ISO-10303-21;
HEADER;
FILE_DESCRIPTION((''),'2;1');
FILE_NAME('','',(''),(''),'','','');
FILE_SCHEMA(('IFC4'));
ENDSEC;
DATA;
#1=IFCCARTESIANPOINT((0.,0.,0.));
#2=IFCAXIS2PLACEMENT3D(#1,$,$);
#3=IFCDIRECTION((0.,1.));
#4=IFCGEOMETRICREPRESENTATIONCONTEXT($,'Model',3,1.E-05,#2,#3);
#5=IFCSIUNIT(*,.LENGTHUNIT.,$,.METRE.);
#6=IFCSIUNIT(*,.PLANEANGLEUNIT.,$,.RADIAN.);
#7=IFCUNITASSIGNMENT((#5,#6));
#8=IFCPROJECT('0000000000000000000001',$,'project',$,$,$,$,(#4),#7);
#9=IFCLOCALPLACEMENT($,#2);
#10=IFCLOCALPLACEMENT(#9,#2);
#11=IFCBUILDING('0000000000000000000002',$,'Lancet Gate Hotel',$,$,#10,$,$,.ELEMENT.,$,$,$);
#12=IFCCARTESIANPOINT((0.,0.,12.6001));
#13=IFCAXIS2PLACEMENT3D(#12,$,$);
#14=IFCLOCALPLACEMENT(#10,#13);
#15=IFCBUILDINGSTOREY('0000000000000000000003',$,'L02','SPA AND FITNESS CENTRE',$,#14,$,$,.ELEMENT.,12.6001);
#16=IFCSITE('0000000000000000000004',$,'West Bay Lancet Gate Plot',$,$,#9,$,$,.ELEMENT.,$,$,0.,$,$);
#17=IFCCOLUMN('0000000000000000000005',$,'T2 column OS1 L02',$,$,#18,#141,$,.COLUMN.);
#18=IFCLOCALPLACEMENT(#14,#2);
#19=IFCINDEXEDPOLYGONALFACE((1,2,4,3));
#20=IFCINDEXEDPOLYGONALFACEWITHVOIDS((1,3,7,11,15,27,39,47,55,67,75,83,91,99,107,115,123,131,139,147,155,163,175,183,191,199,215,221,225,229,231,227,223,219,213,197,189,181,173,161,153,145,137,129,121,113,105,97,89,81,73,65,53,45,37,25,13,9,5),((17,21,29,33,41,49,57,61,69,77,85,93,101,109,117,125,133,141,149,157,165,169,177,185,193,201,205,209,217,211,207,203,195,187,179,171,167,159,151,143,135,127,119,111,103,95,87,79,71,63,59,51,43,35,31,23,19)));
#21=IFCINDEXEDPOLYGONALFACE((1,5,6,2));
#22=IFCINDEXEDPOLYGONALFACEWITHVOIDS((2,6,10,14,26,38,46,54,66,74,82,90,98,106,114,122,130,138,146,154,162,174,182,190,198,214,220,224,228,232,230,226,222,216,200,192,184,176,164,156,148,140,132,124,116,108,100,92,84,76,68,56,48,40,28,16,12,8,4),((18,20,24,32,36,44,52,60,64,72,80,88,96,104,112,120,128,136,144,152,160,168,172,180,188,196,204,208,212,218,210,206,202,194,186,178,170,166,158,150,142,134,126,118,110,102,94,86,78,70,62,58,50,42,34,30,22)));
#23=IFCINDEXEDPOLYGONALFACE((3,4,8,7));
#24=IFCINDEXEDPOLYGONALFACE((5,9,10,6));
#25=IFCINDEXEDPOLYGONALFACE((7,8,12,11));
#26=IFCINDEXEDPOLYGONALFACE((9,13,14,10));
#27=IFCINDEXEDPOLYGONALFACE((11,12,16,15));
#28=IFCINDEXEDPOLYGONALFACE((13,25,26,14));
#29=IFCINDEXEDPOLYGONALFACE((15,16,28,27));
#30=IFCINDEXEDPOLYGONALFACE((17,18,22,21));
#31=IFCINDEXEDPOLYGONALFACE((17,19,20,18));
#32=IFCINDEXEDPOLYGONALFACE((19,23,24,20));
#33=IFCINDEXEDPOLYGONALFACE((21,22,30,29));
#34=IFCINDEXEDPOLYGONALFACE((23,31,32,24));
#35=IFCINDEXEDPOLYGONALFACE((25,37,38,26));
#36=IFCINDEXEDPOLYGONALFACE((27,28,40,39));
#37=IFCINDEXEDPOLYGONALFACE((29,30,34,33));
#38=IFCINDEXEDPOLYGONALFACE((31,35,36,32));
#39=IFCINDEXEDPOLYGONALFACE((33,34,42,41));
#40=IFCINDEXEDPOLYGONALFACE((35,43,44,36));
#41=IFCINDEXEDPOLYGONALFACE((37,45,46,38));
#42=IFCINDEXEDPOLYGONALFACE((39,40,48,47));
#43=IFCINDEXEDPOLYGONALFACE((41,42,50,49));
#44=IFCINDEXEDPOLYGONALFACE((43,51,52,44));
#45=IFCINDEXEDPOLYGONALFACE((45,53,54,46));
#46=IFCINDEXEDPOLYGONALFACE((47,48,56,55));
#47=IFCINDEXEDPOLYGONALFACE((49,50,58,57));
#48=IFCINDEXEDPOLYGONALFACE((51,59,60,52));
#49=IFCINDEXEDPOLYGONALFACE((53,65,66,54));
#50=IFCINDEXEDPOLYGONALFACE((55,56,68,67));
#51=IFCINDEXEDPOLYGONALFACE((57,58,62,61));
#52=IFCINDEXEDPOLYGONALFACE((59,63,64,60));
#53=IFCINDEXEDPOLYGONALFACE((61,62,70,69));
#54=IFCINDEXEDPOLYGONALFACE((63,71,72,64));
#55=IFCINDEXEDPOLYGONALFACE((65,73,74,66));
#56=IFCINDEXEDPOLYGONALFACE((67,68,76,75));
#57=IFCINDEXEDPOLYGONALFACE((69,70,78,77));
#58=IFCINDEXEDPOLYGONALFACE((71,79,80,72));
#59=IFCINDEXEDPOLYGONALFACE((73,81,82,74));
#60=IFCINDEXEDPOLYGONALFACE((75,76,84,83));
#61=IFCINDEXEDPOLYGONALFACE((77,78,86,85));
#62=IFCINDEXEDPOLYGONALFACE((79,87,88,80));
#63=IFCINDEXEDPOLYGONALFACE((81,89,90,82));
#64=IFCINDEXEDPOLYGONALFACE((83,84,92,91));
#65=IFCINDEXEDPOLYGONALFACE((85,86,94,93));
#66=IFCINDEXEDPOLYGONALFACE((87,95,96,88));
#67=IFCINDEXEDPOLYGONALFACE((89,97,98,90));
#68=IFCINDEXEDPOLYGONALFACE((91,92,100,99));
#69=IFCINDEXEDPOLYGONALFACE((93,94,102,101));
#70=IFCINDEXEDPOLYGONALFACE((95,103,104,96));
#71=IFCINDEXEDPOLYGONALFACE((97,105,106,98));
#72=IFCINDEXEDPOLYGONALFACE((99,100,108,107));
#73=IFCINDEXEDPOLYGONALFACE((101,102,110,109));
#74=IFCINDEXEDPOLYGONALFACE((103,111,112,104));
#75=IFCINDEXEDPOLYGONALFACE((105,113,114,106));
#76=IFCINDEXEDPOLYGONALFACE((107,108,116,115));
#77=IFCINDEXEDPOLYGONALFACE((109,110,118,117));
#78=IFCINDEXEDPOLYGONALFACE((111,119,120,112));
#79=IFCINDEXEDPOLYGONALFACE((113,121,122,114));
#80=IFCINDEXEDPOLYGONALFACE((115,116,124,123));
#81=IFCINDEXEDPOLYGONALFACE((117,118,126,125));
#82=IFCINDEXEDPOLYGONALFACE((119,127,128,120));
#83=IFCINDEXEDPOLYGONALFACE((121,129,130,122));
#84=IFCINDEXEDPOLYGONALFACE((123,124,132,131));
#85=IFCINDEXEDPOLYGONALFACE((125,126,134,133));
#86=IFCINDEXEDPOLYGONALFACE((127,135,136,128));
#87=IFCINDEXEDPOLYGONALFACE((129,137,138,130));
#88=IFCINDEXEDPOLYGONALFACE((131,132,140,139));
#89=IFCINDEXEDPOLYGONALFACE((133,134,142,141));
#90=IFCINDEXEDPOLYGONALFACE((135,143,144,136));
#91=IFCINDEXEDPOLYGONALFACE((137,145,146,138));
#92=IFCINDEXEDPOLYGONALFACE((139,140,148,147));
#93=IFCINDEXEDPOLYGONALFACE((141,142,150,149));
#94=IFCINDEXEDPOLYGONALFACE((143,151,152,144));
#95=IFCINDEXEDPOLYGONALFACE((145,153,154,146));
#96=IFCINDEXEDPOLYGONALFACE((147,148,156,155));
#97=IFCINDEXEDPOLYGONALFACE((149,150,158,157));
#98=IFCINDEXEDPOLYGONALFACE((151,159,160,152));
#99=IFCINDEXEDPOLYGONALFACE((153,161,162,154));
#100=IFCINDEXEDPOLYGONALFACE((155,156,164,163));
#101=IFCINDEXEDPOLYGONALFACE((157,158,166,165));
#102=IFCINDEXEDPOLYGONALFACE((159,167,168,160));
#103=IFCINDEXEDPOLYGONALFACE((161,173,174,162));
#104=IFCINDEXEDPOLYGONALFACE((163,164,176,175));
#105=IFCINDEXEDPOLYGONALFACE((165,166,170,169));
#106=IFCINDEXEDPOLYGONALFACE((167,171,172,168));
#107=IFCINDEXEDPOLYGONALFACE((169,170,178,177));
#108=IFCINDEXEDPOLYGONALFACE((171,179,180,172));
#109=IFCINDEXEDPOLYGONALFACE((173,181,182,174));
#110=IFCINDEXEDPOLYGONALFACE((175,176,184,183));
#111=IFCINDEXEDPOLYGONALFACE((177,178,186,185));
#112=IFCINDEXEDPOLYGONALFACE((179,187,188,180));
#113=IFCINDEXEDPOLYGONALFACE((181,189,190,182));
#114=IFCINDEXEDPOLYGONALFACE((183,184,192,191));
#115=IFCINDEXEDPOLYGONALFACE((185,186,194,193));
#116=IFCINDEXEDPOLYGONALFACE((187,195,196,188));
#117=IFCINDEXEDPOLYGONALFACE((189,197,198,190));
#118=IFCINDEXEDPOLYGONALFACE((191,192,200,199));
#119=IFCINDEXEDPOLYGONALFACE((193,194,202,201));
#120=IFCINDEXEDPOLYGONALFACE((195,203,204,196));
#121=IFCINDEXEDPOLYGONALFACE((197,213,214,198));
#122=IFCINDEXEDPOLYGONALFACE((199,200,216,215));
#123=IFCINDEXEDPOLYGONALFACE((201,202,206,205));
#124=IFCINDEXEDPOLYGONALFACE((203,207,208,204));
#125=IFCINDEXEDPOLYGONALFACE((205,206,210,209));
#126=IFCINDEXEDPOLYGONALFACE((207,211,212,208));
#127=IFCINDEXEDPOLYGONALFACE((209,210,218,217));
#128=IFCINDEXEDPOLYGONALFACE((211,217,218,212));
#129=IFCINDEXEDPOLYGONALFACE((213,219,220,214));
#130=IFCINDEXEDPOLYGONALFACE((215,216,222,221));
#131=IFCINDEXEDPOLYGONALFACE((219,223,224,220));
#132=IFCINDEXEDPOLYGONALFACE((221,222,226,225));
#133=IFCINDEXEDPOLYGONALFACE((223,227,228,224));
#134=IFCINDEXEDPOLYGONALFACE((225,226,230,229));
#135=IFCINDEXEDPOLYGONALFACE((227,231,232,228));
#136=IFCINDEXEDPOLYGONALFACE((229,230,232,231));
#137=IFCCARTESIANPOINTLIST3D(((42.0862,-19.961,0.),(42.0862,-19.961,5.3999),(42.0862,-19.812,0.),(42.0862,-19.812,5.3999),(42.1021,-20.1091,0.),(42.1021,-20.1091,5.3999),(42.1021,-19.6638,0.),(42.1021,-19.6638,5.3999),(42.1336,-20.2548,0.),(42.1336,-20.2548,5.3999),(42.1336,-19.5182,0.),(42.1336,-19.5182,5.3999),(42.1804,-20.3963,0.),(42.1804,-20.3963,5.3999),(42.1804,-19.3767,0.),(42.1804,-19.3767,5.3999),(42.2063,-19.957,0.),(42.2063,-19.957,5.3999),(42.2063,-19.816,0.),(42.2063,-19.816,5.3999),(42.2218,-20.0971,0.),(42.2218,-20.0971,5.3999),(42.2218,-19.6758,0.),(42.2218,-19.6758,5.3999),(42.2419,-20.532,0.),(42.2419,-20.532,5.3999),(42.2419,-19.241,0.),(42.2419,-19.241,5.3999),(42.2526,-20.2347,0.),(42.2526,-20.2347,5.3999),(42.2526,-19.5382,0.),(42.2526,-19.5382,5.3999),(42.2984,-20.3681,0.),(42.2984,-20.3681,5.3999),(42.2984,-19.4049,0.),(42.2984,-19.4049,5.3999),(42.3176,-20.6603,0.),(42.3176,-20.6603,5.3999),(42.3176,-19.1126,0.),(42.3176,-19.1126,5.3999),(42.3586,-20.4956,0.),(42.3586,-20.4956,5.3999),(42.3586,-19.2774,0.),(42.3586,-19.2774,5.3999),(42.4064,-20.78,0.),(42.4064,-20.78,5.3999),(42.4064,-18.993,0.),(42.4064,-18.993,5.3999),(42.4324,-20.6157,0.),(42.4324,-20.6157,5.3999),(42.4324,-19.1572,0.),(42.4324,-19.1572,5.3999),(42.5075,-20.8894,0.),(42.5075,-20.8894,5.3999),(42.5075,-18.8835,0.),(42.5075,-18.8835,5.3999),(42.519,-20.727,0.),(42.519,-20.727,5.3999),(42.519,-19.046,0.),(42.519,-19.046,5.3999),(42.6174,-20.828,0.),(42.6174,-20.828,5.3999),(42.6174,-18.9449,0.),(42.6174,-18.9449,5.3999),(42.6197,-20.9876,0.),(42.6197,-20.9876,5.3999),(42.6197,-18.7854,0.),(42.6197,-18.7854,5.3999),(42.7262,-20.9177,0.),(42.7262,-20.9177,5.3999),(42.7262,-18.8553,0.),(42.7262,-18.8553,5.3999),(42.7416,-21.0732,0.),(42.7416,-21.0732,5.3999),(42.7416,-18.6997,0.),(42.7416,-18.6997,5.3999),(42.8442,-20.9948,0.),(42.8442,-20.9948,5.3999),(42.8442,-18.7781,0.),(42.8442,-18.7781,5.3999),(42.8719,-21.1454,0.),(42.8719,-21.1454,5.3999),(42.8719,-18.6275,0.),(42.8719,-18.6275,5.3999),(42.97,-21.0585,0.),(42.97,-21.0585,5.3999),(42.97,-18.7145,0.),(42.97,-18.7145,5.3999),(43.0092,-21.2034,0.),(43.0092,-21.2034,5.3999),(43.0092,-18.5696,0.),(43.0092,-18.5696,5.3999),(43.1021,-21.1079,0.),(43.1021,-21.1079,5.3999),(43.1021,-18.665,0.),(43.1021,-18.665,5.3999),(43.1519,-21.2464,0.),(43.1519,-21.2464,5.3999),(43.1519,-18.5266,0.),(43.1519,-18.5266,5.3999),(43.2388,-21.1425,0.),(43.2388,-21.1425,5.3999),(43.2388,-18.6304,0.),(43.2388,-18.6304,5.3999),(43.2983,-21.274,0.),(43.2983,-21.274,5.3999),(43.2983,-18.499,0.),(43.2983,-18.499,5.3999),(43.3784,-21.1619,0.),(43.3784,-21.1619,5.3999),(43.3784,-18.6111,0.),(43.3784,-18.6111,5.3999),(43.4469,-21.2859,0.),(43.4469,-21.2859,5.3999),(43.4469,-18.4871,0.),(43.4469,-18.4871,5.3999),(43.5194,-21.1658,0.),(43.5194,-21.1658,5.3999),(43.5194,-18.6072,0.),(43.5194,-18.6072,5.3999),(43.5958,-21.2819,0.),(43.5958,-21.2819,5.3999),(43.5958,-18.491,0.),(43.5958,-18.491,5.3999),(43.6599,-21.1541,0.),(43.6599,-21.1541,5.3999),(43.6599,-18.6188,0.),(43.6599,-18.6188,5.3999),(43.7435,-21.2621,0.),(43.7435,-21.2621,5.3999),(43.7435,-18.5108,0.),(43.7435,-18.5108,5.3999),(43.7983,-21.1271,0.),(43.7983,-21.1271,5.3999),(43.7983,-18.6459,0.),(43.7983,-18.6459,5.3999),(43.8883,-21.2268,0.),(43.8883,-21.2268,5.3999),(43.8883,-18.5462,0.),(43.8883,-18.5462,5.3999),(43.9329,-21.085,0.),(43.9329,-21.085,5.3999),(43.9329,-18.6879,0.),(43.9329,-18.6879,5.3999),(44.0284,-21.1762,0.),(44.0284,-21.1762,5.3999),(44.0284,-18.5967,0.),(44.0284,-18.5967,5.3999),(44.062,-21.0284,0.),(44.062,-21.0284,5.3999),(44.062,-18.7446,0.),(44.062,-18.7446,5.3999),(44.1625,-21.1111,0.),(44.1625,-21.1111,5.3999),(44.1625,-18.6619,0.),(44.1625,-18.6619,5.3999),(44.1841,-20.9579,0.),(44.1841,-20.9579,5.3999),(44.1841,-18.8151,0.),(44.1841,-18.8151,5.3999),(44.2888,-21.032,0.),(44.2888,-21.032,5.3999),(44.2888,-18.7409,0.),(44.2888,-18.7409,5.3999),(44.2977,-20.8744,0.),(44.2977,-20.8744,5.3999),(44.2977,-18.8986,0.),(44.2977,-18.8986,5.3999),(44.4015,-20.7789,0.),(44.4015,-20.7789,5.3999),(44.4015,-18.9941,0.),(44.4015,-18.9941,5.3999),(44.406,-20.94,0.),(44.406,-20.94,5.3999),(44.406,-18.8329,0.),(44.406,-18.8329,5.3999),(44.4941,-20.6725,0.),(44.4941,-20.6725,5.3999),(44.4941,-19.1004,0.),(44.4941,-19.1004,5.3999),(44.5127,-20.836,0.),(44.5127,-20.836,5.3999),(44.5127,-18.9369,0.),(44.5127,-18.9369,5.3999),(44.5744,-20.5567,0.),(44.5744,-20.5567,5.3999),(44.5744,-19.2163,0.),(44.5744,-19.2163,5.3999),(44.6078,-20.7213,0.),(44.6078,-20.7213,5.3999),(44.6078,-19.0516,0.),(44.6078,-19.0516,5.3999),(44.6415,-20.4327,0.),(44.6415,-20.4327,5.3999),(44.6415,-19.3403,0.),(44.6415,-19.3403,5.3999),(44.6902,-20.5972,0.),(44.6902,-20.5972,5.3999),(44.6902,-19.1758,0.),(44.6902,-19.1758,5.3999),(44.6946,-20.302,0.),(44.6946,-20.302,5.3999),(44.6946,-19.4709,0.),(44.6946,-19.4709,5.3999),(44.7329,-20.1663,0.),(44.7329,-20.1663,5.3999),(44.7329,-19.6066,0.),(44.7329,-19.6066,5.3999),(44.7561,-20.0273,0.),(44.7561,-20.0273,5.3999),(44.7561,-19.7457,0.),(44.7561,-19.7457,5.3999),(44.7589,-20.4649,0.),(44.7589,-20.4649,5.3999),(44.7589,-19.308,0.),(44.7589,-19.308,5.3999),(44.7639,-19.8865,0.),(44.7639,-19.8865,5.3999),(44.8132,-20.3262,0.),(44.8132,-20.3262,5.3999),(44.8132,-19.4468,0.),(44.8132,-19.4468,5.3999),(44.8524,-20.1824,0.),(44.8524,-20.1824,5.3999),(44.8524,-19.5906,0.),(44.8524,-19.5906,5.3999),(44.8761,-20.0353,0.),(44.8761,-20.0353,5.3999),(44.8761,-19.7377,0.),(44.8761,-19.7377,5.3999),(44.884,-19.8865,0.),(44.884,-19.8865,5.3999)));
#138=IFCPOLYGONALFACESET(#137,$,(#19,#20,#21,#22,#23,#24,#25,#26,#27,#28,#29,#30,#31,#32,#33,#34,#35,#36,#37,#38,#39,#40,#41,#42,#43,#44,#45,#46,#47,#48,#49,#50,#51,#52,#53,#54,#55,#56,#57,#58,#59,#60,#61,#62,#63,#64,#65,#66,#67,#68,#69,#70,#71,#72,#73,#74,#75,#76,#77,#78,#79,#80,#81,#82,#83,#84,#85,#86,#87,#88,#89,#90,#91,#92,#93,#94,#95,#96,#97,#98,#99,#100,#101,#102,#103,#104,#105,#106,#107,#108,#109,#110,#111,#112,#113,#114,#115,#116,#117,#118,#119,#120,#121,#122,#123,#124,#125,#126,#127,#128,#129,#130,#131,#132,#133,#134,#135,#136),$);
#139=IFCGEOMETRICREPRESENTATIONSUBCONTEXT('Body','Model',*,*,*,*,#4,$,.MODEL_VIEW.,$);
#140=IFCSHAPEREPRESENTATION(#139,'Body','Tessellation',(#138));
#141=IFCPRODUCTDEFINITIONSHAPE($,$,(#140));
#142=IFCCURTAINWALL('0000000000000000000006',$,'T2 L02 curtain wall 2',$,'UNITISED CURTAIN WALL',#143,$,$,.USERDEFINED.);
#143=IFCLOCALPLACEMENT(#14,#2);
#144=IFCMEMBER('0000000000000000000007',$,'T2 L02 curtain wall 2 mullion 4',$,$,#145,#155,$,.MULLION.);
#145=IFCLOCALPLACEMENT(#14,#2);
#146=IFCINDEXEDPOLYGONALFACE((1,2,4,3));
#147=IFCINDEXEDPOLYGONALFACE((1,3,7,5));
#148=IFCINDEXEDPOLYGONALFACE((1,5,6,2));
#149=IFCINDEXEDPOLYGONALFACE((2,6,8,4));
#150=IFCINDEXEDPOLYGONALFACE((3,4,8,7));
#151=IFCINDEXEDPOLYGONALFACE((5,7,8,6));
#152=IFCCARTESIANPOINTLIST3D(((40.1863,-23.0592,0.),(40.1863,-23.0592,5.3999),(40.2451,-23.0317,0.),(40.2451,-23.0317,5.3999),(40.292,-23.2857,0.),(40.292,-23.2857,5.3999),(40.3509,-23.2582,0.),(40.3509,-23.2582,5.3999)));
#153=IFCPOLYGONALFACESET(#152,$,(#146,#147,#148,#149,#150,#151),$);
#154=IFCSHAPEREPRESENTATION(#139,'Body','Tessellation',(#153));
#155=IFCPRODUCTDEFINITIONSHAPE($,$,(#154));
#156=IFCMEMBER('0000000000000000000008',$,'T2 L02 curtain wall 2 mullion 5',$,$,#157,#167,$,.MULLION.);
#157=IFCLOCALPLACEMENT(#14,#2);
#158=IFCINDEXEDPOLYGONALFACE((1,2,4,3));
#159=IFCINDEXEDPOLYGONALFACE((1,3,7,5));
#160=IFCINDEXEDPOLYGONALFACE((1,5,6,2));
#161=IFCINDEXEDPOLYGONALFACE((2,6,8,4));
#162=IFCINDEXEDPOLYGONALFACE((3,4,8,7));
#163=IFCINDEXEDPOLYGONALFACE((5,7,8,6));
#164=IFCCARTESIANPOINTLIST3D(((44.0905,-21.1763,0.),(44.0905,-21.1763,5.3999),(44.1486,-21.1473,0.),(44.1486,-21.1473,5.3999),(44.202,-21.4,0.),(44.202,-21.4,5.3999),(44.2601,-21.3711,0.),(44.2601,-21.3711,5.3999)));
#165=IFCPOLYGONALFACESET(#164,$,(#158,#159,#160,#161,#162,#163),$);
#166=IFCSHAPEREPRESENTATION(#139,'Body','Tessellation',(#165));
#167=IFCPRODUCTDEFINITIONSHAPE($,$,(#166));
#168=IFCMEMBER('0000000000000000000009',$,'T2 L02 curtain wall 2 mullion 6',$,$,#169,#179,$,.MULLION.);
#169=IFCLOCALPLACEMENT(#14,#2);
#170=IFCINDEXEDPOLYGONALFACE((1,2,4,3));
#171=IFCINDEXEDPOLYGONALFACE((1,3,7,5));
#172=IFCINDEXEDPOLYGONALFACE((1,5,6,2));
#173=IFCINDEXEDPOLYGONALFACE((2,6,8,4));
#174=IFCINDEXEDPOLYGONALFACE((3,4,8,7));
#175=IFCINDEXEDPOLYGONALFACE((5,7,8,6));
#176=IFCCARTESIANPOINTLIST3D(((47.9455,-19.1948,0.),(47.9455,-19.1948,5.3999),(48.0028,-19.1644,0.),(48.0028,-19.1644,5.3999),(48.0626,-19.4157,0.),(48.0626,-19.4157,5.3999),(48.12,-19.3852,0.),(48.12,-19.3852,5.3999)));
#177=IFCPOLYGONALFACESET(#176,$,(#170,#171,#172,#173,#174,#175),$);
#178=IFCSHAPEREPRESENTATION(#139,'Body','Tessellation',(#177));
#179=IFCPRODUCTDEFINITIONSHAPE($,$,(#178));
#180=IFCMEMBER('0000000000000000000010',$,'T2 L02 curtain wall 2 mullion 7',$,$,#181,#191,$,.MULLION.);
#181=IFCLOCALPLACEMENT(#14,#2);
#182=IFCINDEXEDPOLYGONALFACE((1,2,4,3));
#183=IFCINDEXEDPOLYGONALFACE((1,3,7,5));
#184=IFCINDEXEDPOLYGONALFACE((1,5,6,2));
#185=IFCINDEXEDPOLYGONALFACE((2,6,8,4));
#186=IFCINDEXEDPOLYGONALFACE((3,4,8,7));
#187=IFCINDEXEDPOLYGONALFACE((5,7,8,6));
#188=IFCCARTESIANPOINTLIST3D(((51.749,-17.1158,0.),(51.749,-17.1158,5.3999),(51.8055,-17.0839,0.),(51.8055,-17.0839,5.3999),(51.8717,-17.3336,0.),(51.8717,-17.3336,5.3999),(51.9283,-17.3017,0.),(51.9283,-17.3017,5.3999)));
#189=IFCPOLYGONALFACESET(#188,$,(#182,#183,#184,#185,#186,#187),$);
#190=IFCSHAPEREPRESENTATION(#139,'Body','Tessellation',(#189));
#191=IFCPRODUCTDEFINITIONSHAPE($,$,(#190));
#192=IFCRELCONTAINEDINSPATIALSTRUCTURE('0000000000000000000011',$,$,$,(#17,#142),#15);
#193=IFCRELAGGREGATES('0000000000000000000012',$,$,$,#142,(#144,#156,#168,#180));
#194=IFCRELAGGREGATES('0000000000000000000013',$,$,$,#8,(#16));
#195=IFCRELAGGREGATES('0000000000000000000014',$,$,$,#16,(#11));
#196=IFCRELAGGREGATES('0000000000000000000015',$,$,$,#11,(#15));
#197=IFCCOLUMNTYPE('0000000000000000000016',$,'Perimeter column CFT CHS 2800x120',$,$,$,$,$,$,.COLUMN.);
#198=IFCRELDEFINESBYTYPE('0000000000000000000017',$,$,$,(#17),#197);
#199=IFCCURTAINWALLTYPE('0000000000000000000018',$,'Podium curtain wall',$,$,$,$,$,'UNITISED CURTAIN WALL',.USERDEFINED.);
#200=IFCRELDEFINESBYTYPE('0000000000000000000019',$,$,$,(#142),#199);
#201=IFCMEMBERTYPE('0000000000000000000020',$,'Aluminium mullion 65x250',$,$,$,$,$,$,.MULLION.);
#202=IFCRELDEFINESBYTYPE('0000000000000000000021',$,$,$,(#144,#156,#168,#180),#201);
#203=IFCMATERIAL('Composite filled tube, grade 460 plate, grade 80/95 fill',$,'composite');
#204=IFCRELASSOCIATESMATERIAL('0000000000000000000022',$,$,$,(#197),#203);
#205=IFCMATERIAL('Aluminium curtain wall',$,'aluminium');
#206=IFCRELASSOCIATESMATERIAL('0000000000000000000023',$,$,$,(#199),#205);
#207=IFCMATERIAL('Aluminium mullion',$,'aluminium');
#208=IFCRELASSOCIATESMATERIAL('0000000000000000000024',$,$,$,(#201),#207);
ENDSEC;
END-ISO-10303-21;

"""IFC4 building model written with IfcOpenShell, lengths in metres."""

from ifc_helpers import new_model, si_unit, direction, frame, origin, origin_2d, place, context, subcontext, project, spatial, rectangle, hollow_circle, extrude, material, material_profile, profile_set, type_object, element, aggregate, save


model = new_model("IFC4")

# Units and contexts
model_context = context("Model", 3, precision=1e-05, world=origin(), true_north=direction((0.0, 1.0)))
body_context = subcontext(model_context, "Body", "Model", "MODEL_VIEW")
ifc_project = project(units=[si_unit("LENGTHUNIT", "METRE"), si_unit("PLANEANGLEUNIT", "RADIAN")], contexts=[model_context])

# Site, building, storey
site_placement = place(None, origin())
site = spatial("IfcSite", under=ifc_project, at=site_placement, Name="West Bay Lancet Gate Plot", CompositionType="ELEMENT", RefElevation=0.0)
building_placement = place(site_placement, origin())
building = spatial("IfcBuilding", under=site, at=building_placement, Name="Lancet Gate Hotel", CompositionType="ELEMENT")
storey_placement = place(building_placement, frame((0.0, 0.0, 12.6001)))
storey = spatial("IfcBuildingStorey", under=building, at=storey_placement, Name="L02", Description="SPA AND FITNESS CENTRE", CompositionType="ELEMENT", Elevation=12.6001)

# Column
ifc_material_1 = material(Name="Composite filled tube, grade 460 plate, grade 80/95 fill", Category="composite")
ifc_material_profile_1 = material_profile(ifc_material_1, hollow_circle(Radius=1.3999, WallThickness=0.1201, at=origin_2d()), Name="CHS 2800x120")
ifc_profile_set_1 = profile_set([ifc_material_profile_1], Name="Composite filled tube, grade 460 plate, grade 80/95 fill")
column_type = type_object("IfcColumnType", Name="Perimeter column CFT CHS 2800x120", PredefinedType="COLUMN", material=ifc_profile_set_1)
column_placement = place(storey_placement, frame((43.4841, -19.8865, 0.0), z_axis=(0.0, 0.0, 1.0), x_axis=(1.0, 0.0, 0.0)))
element("IfcColumn", 1, at=column_placement, inside=storey, type_object=column_type, Name="T2 column OS1 L02", PredefinedType="COLUMN", context=body_context, shape_type="SweptSolid", body=[
    extrude(hollow_circle(Radius=1.3999, WallThickness=0.1201, at=origin_2d()), origin(), (0.0, 0.0, 1.0), 5.3999),
])

# Curtain wall, members
ifc_material_2 = material(Name="Aluminium curtain wall", Category="aluminium")
curtain_wall_type = type_object("IfcCurtainWallType", Name="Podium curtain wall", ElementType="UNITISED CURTAIN WALL", PredefinedType="USERDEFINED", material=ifc_material_2)
curtain_wall_placement = place(storey_placement, origin())
curtain_wall = element("IfcCurtainWall", 2, at=curtain_wall_placement, inside=storey, type_object=curtain_wall_type, Name="T2 L02 curtain wall 2", ObjectType="UNITISED CURTAIN WALL", PredefinedType="USERDEFINED")
ifc_material_3 = material(Name="Aluminium mullion", Category="aluminium")
ifc_material_profile_2 = material_profile(ifc_material_3, rectangle(XDim=0.0649, YDim=0.25, at=origin_2d()), Name="MULLION 65x250")
ifc_profile_set_2 = profile_set([ifc_material_profile_2], Name="Aluminium mullion")
member_type_1 = type_object("IfcMemberType", Name="Aluminium mullion 65x250", PredefinedType="MULLION", material=ifc_profile_set_2)
member_1_placement = place(storey_placement, frame((40.2686, -23.1587, 0.0), z_axis=(0.0, 0.0, 1.0), x_axis=(0.906105, 0.423053, 0.0)))
member_1 = element("IfcMember", 3, at=member_1_placement, type_object=member_type_1, Name="T2 L02 curtain wall 2 mullion 4", PredefinedType="MULLION", context=body_context, shape_type="SweptSolid", body=[
    extrude(rectangle(XDim=0.0649, YDim=0.25, at=origin_2d()), origin(), (0.0, 0.0, 1.0), 5.3999),
])
member_2_placement = place(storey_placement, frame((44.1753, -21.2737, 0.0), z_axis=(0.0, 0.0, 1.0), x_axis=(0.895044, 0.445978, 0.0)))
member_2 = element("IfcMember", 4, at=member_2_placement, type_object=member_type_1, Name="T2 L02 curtain wall 2 mullion 5", PredefinedType="MULLION", context=body_context, shape_type="SweptSolid", body=[
    extrude(rectangle(XDim=0.0649, YDim=0.25, at=origin_2d()), origin(), (0.0, 0.0, 1.0), 5.3999),
])
member_3_placement = place(storey_placement, frame((48.0327, -19.29, 0.0), z_axis=(0.0, 0.0, 1.0), x_axis=(0.883403, 0.468613, 0.0)))
member_3 = element("IfcMember", 5, at=member_3_placement, type_object=member_type_1, Name="T2 L02 curtain wall 2 mullion 6", PredefinedType="MULLION", context=body_context, shape_type="SweptSolid", body=[
    extrude(rectangle(XDim=0.0649, YDim=0.25, at=origin_2d()), origin(), (0.0, 0.0, 1.0), 5.3999),
])
member_4_placement = place(storey_placement, frame((51.8386, -17.2087, 0.0), z_axis=(0.0, 0.0, 1.0), x_axis=(0.87119, 0.490945, 0.0)))
member_4 = element("IfcMember", 6, at=member_4_placement, type_object=member_type_1, Name="T2 L02 curtain wall 2 mullion 7", PredefinedType="MULLION", context=body_context, shape_type="SweptSolid", body=[
    extrude(rectangle(XDim=0.0649, YDim=0.25, at=origin_2d()), origin(), (0.0, 0.0, 1.0), 5.3999),
])

aggregate(curtain_wall, [member_1, member_2, member_3, member_4])

save(model, "model.ifc")
